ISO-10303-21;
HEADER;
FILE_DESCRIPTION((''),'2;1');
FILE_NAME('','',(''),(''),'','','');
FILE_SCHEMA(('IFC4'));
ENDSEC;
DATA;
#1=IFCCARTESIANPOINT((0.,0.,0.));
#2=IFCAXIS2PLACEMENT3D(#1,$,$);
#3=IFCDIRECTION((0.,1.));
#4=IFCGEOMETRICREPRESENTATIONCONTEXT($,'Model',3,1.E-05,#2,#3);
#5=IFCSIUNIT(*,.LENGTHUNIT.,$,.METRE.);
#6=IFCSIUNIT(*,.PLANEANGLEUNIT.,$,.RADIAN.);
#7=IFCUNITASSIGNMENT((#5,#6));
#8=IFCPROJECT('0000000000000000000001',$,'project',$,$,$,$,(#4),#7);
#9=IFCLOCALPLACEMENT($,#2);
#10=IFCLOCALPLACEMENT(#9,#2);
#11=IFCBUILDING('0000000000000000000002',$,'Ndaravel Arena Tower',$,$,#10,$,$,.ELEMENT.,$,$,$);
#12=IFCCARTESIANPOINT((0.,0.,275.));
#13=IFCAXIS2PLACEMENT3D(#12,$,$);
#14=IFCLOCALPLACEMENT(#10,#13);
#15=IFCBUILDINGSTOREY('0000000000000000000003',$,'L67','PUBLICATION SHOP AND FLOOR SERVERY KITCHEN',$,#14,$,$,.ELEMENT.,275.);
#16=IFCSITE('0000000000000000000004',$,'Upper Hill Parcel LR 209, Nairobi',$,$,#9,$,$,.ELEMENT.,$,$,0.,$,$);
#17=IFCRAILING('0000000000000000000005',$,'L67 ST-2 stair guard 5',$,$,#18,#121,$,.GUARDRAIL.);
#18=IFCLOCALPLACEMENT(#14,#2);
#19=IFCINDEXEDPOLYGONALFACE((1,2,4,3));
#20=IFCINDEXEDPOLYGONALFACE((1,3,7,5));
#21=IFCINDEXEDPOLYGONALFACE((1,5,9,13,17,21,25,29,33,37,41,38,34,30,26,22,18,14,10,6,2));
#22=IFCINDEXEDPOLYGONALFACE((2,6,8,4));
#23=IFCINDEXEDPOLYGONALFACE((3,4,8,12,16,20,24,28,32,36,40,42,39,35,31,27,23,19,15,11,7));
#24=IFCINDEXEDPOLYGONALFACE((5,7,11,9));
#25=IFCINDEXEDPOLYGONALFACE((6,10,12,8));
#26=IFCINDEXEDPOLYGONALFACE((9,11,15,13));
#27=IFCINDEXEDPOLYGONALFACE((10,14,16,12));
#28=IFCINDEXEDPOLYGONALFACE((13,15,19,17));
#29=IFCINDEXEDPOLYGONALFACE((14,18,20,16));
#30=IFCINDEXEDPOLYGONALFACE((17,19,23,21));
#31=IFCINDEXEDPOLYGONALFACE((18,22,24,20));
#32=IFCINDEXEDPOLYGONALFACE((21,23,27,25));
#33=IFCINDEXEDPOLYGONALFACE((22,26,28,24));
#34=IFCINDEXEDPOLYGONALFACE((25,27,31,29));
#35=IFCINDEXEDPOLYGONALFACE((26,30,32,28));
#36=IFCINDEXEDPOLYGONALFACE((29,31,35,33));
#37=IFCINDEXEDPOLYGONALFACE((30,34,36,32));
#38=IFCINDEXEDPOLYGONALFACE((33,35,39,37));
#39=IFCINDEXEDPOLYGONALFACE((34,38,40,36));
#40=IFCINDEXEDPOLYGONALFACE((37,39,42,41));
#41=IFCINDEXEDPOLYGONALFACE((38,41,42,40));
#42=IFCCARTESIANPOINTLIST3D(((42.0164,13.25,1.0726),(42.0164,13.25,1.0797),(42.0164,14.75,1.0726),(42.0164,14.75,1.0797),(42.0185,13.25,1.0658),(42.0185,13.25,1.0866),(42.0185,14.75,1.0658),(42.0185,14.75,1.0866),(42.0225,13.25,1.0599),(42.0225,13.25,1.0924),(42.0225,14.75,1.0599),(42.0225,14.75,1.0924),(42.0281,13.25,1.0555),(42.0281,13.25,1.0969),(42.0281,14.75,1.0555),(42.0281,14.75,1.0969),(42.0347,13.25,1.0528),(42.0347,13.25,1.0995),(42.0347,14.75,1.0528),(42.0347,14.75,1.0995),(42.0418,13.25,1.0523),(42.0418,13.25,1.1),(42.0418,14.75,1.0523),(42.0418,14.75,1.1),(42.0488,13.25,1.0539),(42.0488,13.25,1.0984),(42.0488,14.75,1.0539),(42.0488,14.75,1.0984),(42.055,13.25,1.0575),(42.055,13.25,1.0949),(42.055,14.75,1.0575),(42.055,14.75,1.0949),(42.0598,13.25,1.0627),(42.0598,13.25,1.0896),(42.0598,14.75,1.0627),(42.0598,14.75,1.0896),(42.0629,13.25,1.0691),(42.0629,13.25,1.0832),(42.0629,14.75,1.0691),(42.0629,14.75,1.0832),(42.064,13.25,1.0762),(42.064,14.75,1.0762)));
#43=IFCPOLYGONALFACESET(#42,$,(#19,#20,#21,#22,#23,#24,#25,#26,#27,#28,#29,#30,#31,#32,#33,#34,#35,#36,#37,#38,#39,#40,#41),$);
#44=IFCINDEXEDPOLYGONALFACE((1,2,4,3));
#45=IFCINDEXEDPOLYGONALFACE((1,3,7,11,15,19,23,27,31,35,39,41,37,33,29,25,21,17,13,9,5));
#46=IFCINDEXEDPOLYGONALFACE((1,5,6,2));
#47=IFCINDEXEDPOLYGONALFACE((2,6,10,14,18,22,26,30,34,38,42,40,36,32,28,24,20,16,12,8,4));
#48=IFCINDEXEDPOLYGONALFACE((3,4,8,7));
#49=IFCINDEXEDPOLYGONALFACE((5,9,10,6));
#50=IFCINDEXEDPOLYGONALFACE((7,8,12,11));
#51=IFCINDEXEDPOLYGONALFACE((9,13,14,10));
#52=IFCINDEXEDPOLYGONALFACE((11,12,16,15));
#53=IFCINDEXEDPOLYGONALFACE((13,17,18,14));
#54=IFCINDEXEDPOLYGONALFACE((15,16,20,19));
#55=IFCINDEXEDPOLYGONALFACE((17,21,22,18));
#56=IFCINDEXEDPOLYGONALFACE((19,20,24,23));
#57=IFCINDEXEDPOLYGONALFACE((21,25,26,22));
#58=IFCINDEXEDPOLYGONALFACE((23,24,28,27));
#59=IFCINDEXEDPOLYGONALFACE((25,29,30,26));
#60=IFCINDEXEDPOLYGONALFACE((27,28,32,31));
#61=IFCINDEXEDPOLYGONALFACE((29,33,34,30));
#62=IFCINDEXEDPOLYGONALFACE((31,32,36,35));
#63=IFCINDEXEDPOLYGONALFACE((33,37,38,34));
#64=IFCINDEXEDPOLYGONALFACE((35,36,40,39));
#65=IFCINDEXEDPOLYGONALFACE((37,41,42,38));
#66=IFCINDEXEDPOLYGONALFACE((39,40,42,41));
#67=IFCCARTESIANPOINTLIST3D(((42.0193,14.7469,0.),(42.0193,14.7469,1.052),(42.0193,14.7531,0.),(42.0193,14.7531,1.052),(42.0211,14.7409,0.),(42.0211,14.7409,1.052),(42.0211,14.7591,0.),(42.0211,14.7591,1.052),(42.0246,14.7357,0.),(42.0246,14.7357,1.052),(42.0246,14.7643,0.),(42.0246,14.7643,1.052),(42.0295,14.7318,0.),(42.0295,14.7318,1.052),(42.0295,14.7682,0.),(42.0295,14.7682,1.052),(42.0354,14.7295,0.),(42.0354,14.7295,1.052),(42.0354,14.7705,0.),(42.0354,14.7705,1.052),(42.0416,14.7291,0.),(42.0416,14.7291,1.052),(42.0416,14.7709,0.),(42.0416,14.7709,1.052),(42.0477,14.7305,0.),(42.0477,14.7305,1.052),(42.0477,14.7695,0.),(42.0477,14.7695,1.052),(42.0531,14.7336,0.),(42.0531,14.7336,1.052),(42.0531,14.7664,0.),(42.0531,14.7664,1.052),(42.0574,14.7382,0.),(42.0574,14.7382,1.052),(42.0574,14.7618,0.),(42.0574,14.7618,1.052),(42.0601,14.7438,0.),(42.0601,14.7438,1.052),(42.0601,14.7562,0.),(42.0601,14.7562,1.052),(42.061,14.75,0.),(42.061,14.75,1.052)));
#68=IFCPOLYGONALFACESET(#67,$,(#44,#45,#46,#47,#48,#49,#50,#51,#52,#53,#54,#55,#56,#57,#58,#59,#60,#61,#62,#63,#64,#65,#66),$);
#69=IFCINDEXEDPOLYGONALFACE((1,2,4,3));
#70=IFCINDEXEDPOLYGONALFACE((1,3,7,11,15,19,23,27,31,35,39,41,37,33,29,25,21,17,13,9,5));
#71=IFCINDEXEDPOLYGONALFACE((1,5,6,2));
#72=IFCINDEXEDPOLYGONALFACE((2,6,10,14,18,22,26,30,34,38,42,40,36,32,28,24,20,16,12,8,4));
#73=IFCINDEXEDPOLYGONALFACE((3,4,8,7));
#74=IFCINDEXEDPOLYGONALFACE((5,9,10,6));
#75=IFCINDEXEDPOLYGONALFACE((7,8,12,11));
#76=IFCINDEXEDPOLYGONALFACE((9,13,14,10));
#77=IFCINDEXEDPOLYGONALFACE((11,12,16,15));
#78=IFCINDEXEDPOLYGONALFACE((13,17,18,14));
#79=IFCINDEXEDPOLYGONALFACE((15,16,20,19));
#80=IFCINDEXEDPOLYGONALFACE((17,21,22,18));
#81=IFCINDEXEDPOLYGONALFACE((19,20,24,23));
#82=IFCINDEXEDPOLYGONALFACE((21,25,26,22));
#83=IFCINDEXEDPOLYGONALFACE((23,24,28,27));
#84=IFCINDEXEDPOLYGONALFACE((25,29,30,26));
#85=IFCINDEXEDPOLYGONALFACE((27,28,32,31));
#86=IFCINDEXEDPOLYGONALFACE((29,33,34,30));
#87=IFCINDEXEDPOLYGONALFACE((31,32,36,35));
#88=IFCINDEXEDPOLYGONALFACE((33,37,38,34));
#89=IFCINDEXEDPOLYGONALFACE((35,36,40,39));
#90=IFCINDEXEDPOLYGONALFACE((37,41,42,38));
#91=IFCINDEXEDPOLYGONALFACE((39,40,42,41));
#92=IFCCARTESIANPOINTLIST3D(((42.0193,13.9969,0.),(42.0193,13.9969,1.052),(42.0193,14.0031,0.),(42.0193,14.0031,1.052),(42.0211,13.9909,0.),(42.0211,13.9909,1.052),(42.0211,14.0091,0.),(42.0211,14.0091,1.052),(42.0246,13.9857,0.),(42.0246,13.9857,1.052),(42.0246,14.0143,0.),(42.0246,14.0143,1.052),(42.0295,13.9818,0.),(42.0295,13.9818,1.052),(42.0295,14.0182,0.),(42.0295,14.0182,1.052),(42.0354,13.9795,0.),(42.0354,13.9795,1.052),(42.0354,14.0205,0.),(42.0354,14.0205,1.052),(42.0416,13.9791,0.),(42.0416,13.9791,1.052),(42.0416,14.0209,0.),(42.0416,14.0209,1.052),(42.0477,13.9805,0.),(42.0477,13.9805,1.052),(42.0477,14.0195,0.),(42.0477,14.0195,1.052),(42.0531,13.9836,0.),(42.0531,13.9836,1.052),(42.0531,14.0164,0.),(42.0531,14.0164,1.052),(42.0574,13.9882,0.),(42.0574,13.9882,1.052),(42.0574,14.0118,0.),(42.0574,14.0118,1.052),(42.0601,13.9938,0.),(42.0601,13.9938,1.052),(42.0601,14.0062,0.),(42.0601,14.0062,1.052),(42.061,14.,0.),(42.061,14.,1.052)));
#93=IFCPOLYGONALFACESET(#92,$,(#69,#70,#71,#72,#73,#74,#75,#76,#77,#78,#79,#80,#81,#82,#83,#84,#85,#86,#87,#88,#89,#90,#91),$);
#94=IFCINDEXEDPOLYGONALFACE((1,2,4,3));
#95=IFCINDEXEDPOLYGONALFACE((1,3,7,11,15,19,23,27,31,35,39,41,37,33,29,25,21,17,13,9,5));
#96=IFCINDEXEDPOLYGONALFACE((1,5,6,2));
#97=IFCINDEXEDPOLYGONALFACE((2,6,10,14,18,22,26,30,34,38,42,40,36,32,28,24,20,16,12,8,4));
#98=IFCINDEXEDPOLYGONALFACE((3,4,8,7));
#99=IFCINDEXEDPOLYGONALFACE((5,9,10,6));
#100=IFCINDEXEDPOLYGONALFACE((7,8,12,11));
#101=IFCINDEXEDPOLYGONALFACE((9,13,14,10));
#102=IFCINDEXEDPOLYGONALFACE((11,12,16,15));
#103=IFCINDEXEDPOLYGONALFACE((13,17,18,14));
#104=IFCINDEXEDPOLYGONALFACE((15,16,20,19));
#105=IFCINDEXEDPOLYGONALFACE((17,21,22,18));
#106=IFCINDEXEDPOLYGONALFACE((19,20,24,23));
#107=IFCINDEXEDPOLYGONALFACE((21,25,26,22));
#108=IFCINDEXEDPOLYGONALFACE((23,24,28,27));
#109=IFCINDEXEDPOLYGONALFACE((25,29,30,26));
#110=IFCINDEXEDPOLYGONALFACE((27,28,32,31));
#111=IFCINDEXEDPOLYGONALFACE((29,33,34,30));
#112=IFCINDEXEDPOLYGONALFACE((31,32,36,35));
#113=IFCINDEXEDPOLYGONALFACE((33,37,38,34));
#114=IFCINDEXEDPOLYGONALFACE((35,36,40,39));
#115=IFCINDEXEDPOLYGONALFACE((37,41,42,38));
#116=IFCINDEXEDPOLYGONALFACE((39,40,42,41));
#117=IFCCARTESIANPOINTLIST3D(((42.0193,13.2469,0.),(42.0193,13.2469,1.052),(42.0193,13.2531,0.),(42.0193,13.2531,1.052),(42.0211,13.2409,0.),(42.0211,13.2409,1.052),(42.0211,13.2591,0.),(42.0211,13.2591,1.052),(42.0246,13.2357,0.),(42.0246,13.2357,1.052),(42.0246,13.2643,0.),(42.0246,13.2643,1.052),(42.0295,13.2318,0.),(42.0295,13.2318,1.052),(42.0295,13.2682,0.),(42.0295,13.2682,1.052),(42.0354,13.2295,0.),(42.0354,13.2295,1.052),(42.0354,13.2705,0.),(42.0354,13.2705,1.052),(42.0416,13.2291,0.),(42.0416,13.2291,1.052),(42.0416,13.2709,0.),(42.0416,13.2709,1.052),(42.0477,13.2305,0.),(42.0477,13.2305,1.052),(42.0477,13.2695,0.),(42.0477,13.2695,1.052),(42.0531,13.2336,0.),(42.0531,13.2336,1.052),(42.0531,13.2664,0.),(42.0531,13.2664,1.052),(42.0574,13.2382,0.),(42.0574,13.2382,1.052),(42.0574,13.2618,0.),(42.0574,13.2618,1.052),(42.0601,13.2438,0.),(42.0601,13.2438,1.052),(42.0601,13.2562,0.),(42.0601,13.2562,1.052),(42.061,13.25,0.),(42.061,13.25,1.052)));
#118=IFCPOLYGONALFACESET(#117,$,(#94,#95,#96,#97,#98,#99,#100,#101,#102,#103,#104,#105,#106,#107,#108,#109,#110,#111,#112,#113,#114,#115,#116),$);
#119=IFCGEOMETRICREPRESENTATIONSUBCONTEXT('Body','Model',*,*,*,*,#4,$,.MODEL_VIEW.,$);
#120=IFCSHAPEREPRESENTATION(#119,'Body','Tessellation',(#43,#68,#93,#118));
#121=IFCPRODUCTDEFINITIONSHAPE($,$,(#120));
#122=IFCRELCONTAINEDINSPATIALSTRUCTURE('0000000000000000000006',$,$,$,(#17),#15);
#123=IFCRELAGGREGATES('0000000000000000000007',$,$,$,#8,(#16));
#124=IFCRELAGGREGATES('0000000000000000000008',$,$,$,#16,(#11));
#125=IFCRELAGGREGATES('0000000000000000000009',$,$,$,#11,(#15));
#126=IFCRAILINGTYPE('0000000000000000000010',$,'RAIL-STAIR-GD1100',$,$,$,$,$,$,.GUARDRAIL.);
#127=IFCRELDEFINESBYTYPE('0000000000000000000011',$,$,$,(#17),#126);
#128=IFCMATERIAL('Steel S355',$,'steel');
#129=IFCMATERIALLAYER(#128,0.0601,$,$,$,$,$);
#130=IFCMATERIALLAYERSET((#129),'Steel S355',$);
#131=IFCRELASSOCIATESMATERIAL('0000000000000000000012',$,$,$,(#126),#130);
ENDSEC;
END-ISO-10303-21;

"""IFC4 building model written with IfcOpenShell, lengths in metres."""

from ifc_helpers import new_model, si_unit, direction, frame, origin, origin_2d, place, context, subcontext, project, spatial, circle, extrude, material, layer, layer_set, type_object, element, save


model = new_model("IFC4")

# Units and contexts
model_context = context("Model", 3, precision=1e-05, world=origin(), true_north=direction((0.0, 1.0)))
body_context = subcontext(model_context, "Body", "Model", "MODEL_VIEW")
ifc_project = project(units=[si_unit("LENGTHUNIT", "METRE"), si_unit("PLANEANGLEUNIT", "RADIAN")], contexts=[model_context])

# Site, building, storey
site_placement = place(None, origin())
site = spatial("IfcSite", under=ifc_project, at=site_placement, Name="Upper Hill Parcel LR 209, Nairobi", CompositionType="ELEMENT", RefElevation=0.0)
building_placement = place(site_placement, origin())
building = spatial("IfcBuilding", under=site, at=building_placement, Name="Ndaravel Arena Tower", CompositionType="ELEMENT")
storey_placement = place(building_placement, frame((0.0, 0.0, 275.0)))
storey = spatial("IfcBuildingStorey", under=building, at=storey_placement, Name="L67", Description="PUBLICATION SHOP AND FLOOR SERVERY KITCHEN", CompositionType="ELEMENT", Elevation=275.0)

# Railing
ifc_material_1 = material(Name="Steel S355", Category="steel")
ifc_layer_1 = layer(ifc_material_1, 0.0601)
ifc_layer_set_1 = layer_set([ifc_layer_1], Name="Steel S355")
railing_type = type_object("IfcRailingType", Name="RAIL-STAIR-GD1100", PredefinedType="GUARDRAIL", material=ifc_layer_set_1)
railing_1_placement = place(storey_placement, frame((42.04, 14.75, 0.0)))
element("IfcRailing", 1, at=railing_1_placement, inside=storey, type_object=railing_type, Name="L67 ST-2 stair guard 5", PredefinedType="GUARDRAIL", context=body_context, shape_type="SweptSolid", body=[
    extrude(circle(Radius=0.0239, at=origin_2d()), frame((0.0, 0.0, 1.0762), z_axis=(0.0, -1.0, 0.0), x_axis=(1.0, 0.0, 0.0)), (0.0, 0.0, 1.0), 1.5),
    extrude(circle(Radius=0.021, at=origin_2d()), origin(), (0.0, 0.0, 1.0), 1.052),
    extrude(circle(Radius=0.021, at=origin_2d()), frame((0.0, -0.75, 0.0)), (0.0, 0.0, 1.0), 1.052),
    extrude(circle(Radius=0.021, at=origin_2d()), frame((0.0, -1.5, 0.0)), (0.0, 0.0, 1.0), 1.052),
])

save(model, "model.ifc")
